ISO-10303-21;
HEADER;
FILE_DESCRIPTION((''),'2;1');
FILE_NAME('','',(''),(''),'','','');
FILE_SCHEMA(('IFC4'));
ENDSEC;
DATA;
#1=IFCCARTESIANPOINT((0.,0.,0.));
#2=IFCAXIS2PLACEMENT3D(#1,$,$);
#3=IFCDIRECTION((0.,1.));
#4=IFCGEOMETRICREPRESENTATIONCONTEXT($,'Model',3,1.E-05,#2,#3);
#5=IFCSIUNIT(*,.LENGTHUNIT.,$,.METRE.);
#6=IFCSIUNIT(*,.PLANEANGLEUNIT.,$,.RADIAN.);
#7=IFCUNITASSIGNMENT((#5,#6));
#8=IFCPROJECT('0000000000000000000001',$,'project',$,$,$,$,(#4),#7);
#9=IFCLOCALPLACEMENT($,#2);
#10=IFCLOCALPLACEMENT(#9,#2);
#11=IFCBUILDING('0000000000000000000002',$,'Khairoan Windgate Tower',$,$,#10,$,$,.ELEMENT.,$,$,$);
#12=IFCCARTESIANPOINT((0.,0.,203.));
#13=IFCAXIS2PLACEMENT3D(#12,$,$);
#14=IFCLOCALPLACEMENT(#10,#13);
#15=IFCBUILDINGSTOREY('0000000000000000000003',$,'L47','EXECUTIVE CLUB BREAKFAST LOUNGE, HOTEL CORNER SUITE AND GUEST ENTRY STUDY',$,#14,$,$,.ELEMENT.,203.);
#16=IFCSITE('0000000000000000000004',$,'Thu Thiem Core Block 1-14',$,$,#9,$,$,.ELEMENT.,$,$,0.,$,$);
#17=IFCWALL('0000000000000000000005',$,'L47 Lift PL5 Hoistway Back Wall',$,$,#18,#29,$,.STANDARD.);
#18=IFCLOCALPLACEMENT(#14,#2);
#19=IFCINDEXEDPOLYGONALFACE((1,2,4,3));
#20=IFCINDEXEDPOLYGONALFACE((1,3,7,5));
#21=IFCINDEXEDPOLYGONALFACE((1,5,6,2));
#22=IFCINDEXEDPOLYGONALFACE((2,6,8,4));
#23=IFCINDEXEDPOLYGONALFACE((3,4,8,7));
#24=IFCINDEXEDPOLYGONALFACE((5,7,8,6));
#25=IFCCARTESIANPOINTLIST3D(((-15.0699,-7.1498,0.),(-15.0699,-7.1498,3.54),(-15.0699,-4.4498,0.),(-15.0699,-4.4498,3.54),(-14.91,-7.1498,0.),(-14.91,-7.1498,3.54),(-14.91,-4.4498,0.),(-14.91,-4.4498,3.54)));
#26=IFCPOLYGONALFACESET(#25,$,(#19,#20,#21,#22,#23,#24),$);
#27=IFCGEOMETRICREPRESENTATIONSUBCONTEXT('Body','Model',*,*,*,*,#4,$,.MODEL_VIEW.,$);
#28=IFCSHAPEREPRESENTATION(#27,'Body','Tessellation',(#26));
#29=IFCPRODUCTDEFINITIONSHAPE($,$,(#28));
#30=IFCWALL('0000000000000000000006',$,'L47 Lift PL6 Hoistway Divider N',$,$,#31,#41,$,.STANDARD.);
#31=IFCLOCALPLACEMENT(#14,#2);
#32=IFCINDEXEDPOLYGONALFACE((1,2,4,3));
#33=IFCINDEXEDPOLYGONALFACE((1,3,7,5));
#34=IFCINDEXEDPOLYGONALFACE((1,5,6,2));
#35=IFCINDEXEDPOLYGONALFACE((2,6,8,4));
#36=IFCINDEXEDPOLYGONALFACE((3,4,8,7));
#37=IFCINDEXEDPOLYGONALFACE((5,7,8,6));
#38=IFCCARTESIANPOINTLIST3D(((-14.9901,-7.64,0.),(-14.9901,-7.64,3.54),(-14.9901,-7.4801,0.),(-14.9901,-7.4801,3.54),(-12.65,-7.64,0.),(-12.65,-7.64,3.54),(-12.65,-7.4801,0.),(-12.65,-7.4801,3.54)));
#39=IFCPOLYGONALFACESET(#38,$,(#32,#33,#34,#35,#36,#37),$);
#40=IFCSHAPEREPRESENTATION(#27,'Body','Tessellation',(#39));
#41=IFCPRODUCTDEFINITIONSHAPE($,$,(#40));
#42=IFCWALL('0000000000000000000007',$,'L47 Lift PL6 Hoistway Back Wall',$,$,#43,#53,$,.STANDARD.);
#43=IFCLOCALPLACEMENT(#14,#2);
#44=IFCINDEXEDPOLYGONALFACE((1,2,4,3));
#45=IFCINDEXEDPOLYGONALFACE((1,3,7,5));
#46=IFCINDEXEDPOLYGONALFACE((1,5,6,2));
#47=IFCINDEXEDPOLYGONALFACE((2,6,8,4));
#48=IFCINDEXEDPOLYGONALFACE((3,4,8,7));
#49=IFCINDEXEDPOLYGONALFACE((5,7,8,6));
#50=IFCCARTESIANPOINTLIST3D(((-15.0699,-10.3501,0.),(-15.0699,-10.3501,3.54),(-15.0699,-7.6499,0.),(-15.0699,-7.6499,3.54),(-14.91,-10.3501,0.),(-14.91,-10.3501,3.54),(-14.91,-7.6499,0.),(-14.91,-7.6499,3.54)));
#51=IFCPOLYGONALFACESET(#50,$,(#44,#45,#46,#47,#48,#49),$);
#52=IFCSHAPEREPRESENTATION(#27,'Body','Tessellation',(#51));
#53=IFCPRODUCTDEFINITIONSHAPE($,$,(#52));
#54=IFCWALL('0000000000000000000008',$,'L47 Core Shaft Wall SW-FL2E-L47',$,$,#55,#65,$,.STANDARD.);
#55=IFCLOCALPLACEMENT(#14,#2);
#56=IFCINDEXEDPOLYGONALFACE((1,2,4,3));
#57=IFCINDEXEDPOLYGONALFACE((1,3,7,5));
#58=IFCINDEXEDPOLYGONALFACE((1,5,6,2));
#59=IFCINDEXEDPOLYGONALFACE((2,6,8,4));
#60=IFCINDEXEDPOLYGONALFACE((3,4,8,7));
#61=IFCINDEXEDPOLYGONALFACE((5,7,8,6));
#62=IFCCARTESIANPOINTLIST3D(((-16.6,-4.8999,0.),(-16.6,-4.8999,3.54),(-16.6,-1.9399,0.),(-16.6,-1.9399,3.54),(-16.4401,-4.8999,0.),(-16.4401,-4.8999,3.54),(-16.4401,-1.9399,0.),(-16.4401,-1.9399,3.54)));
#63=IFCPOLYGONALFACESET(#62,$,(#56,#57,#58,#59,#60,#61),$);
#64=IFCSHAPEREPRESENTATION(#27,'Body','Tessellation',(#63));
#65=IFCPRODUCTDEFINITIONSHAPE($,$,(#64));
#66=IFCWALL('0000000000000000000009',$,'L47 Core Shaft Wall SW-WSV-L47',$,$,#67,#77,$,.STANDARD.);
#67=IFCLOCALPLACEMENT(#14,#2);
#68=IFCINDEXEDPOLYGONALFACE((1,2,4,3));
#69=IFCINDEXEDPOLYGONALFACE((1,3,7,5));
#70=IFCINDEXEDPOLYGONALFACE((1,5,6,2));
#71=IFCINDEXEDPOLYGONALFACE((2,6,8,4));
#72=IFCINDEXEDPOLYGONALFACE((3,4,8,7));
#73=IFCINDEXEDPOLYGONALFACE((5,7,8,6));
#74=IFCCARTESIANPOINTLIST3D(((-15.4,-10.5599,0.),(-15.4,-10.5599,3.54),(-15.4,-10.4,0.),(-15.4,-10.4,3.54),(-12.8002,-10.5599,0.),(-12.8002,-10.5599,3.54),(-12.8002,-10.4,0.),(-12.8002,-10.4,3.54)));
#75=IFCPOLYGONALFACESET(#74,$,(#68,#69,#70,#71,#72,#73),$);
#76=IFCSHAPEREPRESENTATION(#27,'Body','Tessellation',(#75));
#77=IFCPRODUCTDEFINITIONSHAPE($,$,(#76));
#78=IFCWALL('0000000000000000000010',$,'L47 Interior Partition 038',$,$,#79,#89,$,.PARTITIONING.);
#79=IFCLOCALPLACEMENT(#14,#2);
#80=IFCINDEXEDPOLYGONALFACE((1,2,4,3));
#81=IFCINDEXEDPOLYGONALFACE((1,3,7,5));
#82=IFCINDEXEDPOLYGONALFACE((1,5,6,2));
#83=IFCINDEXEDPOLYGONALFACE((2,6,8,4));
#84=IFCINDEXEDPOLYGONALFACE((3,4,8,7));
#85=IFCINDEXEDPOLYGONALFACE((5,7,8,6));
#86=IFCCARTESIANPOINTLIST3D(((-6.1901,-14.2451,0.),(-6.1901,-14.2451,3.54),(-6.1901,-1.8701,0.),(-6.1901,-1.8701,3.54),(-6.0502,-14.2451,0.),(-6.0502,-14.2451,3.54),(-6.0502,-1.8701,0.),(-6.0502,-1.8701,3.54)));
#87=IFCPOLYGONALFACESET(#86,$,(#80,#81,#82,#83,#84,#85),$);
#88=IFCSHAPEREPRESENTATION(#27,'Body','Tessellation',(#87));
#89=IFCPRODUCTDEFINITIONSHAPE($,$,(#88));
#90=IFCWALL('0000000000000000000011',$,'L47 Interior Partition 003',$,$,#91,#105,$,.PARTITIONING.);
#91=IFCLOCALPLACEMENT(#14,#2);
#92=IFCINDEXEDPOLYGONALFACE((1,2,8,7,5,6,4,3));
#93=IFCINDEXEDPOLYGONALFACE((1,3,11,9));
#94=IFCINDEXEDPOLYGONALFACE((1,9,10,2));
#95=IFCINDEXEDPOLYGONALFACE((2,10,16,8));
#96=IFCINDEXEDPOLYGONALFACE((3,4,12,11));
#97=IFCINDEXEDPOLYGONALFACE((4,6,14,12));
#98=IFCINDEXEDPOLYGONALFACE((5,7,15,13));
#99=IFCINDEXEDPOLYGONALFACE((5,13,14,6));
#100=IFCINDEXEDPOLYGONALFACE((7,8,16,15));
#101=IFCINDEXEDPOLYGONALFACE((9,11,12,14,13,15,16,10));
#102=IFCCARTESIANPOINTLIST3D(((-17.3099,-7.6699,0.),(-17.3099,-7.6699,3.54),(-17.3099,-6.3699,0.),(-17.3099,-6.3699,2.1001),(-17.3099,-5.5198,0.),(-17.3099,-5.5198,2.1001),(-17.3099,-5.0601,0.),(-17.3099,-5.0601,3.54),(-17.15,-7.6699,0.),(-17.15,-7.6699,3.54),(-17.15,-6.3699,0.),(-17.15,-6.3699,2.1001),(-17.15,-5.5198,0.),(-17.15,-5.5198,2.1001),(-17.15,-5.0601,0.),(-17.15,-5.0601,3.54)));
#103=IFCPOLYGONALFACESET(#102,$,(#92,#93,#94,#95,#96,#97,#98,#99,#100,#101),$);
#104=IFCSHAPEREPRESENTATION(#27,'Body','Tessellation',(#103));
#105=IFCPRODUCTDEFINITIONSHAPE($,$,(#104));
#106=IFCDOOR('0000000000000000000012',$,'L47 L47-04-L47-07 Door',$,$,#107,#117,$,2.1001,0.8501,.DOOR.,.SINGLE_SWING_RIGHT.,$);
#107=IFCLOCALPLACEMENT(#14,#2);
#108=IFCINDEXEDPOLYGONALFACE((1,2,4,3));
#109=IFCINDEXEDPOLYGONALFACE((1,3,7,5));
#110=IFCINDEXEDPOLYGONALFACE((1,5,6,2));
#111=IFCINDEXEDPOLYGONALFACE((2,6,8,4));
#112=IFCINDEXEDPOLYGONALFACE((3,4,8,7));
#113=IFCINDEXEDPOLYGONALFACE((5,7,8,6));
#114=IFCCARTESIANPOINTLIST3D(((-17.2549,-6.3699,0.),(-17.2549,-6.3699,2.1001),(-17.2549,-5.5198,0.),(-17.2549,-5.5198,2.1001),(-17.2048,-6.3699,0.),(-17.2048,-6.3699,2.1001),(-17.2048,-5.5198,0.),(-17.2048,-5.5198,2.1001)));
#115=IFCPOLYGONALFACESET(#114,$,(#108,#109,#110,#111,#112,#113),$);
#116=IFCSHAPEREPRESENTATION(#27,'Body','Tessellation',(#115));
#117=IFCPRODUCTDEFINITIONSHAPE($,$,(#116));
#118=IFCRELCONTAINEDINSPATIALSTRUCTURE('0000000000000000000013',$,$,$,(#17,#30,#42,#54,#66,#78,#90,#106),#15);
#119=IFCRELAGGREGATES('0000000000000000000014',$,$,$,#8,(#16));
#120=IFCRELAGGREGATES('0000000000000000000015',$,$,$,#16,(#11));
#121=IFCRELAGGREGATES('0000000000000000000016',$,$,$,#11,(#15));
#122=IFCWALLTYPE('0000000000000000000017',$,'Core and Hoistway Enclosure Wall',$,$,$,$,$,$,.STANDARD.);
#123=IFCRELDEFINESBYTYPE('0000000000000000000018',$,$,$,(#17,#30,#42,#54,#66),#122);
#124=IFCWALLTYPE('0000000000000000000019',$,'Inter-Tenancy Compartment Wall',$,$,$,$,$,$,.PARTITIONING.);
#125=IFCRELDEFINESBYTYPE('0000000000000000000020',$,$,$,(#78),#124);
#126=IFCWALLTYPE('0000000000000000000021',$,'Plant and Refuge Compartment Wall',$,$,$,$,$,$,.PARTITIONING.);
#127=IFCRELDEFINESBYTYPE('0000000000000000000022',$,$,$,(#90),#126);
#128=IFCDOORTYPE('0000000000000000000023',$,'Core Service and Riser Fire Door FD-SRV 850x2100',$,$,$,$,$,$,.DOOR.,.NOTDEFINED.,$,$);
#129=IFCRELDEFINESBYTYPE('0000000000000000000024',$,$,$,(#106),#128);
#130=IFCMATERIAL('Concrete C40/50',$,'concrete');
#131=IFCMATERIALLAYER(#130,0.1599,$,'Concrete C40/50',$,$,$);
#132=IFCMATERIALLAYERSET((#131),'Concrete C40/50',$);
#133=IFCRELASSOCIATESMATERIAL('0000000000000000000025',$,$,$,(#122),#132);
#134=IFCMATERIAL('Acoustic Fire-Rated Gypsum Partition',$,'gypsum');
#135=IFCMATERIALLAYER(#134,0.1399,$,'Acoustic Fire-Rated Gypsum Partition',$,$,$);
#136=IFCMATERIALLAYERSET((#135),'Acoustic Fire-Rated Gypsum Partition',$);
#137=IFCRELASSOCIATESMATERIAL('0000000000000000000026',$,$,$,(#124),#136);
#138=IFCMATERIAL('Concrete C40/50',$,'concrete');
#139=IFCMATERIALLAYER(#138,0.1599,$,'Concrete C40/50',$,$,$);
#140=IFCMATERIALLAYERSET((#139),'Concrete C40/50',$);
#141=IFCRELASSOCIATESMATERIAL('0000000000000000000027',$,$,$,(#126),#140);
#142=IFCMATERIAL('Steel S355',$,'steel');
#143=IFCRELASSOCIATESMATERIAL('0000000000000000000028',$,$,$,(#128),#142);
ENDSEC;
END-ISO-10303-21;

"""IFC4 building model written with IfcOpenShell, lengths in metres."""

from ifc_helpers import new_model, si_unit, direction, frame, frame_2d, origin, place, context, subcontext, project, spatial, rectangle, extrude, material, layer, layer_set, type_object, element, fill, save


model = new_model("IFC4")

# Units and contexts
model_context = context("Model", 3, precision=1e-05, world=origin(), true_north=direction((0.0, 1.0)))
body_context = subcontext(model_context, "Body", "Model", "MODEL_VIEW")
ifc_project = project(units=[si_unit("LENGTHUNIT", "METRE"), si_unit("PLANEANGLEUNIT", "RADIAN")], contexts=[model_context])

# Site, building, storey
site_placement = place(None, origin())
site = spatial("IfcSite", under=ifc_project, at=site_placement, Name="Thu Thiem Core Block 1-14", CompositionType="ELEMENT", RefElevation=0.0)
building_placement = place(site_placement, origin())
building = spatial("IfcBuilding", under=site, at=building_placement, Name="Khairoan Windgate Tower", CompositionType="ELEMENT")
storey_placement = place(building_placement, frame((0.0, 0.0, 203.0)))
storey = spatial("IfcBuildingStorey", under=building, at=storey_placement, Name="L47", Description="EXECUTIVE CLUB BREAKFAST LOUNGE, HOTEL CORNER SUITE AND GUEST ENTRY STUDY", CompositionType="ELEMENT", Elevation=203.0)

# Walls
ifc_material_1 = material(Name="Concrete C40/50", Category="concrete")
ifc_layer_1 = layer(ifc_material_1, 0.1599, Name="Concrete C40/50")
ifc_layer_set_1 = layer_set([ifc_layer_1], Name="Concrete C40/50")
wall_type_1 = type_object("IfcWallType", Name="Core and Hoistway Enclosure Wall", PredefinedType="STANDARD", material=ifc_layer_set_1)
wall_1_placement = place(storey_placement, frame((-14.99, -7.1499, 0.0), z_axis=(0.0, 0.0, 1.0), x_axis=(0.0, 1.0, 0.0)))
element("IfcWall", 1, at=wall_1_placement, inside=storey, type_object=wall_type_1, Name="L47 Lift PL5 Hoistway Back Wall", PredefinedType="STANDARD", context=body_context, shape_type="SweptSolid", body=[
    extrude(rectangle(XDim=2.7, YDim=0.1599, at=frame_2d((1.3501, 0.0))), origin(), (0.0, 0.0, 1.0), 3.54),
])
wall_2_placement = place(storey_placement, frame((-14.99, -7.5601, 0.0), z_axis=(0.0, 0.0, 1.0), x_axis=(1.0, 0.0, 0.0)))
element("IfcWall", 2, at=wall_2_placement, inside=storey, type_object=wall_type_1, Name="L47 Lift PL6 Hoistway Divider N", PredefinedType="STANDARD", context=body_context, shape_type="SweptSolid", body=[
    extrude(rectangle(XDim=2.3401, YDim=0.1599, at=frame_2d((1.1699, 0.0))), origin(), (0.0, 0.0, 1.0), 3.54),
])
wall_3_placement = place(storey_placement, frame((-14.99, -10.3501, 0.0), z_axis=(0.0, 0.0, 1.0), x_axis=(0.0, 1.0, 0.0)))
element("IfcWall", 3, at=wall_3_placement, inside=storey, type_object=wall_type_1, Name="L47 Lift PL6 Hoistway Back Wall", PredefinedType="STANDARD", context=body_context, shape_type="SweptSolid", body=[
    extrude(rectangle(XDim=2.7002, YDim=0.1599, at=frame_2d((1.3501, 0.0))), origin(), (0.0, 0.0, 1.0), 3.54),
])
wall_4_placement = place(storey_placement, frame((-16.52, -4.8999, 0.0), z_axis=(0.0, 0.0, 1.0), x_axis=(0.0, 1.0, 0.0)))
element("IfcWall", 4, at=wall_4_placement, inside=storey, type_object=wall_type_1, Name="L47 Core Shaft Wall SW-FL2E-L47", PredefinedType="STANDARD", context=body_context, shape_type="SweptSolid", body=[
    extrude(rectangle(XDim=2.96, YDim=0.1599, at=frame_2d((1.48, 0.0))), origin(), (0.0, 0.0, 1.0), 3.54),
])
wall_5_placement = place(storey_placement, frame((-15.3999, -10.48, 0.0), z_axis=(0.0, 0.0, 1.0), x_axis=(1.0, 0.0, 0.0)))
element("IfcWall", 5, at=wall_5_placement, inside=storey, type_object=wall_type_1, Name="L47 Core Shaft Wall SW-WSV-L47", PredefinedType="STANDARD", context=body_context, shape_type="SweptSolid", body=[
    extrude(rectangle(XDim=2.5999, YDim=0.1599, at=frame_2d((1.2998, 0.0))), origin(), (0.0, 0.0, 1.0), 3.54),
])
ifc_material_2 = material(Name="Acoustic Fire-Rated Gypsum Partition", Category="gypsum")
ifc_layer_2 = layer(ifc_material_2, 0.1399, Name="Acoustic Fire-Rated Gypsum Partition")
ifc_layer_set_2 = layer_set([ifc_layer_2], Name="Acoustic Fire-Rated Gypsum Partition")
wall_type_2 = type_object("IfcWallType", Name="Inter-Tenancy Compartment Wall", PredefinedType="PARTITIONING", material=ifc_layer_set_2)
wall_6_placement = place(storey_placement, frame((-6.1201, -14.2451, 0.0), z_axis=(0.0, 0.0, 1.0), x_axis=(0.0, 1.0, 0.0)))
element("IfcWall", 6, at=wall_6_placement, inside=storey, type_object=wall_type_2, Name="L47 Interior Partition 038", PredefinedType="PARTITIONING", context=body_context, shape_type="SweptSolid", body=[
    extrude(rectangle(XDim=12.375, YDim=0.1399, at=frame_2d((6.1875, 0.0))), origin(), (0.0, 0.0, 1.0), 3.54),
])

# Wall, opening, door
ifc_material_3 = material(Name="Concrete C40/50", Category="concrete")
ifc_layer_3 = layer(ifc_material_3, 0.1599, Name="Concrete C40/50")
ifc_layer_set_3 = layer_set([ifc_layer_3], Name="Concrete C40/50")
wall_type_3 = type_object("IfcWallType", Name="Plant and Refuge Compartment Wall", PredefinedType="PARTITIONING", material=ifc_layer_set_3)
wall_7_placement = place(storey_placement, frame((-17.23, -7.6699, 0.0), z_axis=(0.0, 0.0, 1.0), x_axis=(0.0, 1.0, 0.0)))
wall_7 = element("IfcWall", 7, at=wall_7_placement, inside=storey, type_object=wall_type_3, Name="L47 Interior Partition 003", PredefinedType="PARTITIONING", context=body_context, shape_type="SweptSolid", body=[
    extrude(rectangle(XDim=2.6099, YDim=0.1599, at=frame_2d((1.3049, 0.0))), origin(), (0.0, 0.0, 1.0), 3.54),
])
opening_1_placement = place(wall_7_placement, frame((1.3, 0.0, 0.0)))
opening_1 = element("IfcOpeningElement", 8, at=opening_1_placement, cuts=wall_7, PredefinedType="OPENING", context=body_context, shape_type="SweptSolid", body=[
    extrude(rectangle(XDim=0.8501, YDim=2.1001, at=frame_2d((0.425, 1.05))), frame((0.0, 0.0898, 0.0), z_axis=(0.0, -1.0, 0.0), x_axis=(1.0, 0.0, 0.0)), (0.0, 0.0, 1.0), 0.1799),
])
ifc_material_4 = material(Name="Steel S355", Category="steel")
door_type_1 = type_object("IfcDoorType", Name="Core Service and Riser Fire Door FD-SRV 850x2100", OperationType="NOTDEFINED", PredefinedType="DOOR", material=ifc_material_4)
door_1_placement = place(opening_1_placement, origin())
door_1 = element("IfcDoor", 9, at=door_1_placement, inside=storey, type_object=door_type_1, Name="L47 L47-04-L47-07 Door", OperationType="SINGLE_SWING_RIGHT", OverallHeight=2.1001, OverallWidth=0.8501, PredefinedType="DOOR", context=body_context, shape_type="SweptSolid", body=[
    extrude(rectangle(XDim=0.8501, YDim=2.1001, at=frame_2d((0.425, 1.05))), frame((0.0, 0.0249, 0.0), z_axis=(0.0, -1.0, 0.0), x_axis=(1.0, 0.0, 0.0)), (0.0, 0.0, 1.0), 0.05),
])
fill(opening_1, door_1)

save(model, "model.ifc")
